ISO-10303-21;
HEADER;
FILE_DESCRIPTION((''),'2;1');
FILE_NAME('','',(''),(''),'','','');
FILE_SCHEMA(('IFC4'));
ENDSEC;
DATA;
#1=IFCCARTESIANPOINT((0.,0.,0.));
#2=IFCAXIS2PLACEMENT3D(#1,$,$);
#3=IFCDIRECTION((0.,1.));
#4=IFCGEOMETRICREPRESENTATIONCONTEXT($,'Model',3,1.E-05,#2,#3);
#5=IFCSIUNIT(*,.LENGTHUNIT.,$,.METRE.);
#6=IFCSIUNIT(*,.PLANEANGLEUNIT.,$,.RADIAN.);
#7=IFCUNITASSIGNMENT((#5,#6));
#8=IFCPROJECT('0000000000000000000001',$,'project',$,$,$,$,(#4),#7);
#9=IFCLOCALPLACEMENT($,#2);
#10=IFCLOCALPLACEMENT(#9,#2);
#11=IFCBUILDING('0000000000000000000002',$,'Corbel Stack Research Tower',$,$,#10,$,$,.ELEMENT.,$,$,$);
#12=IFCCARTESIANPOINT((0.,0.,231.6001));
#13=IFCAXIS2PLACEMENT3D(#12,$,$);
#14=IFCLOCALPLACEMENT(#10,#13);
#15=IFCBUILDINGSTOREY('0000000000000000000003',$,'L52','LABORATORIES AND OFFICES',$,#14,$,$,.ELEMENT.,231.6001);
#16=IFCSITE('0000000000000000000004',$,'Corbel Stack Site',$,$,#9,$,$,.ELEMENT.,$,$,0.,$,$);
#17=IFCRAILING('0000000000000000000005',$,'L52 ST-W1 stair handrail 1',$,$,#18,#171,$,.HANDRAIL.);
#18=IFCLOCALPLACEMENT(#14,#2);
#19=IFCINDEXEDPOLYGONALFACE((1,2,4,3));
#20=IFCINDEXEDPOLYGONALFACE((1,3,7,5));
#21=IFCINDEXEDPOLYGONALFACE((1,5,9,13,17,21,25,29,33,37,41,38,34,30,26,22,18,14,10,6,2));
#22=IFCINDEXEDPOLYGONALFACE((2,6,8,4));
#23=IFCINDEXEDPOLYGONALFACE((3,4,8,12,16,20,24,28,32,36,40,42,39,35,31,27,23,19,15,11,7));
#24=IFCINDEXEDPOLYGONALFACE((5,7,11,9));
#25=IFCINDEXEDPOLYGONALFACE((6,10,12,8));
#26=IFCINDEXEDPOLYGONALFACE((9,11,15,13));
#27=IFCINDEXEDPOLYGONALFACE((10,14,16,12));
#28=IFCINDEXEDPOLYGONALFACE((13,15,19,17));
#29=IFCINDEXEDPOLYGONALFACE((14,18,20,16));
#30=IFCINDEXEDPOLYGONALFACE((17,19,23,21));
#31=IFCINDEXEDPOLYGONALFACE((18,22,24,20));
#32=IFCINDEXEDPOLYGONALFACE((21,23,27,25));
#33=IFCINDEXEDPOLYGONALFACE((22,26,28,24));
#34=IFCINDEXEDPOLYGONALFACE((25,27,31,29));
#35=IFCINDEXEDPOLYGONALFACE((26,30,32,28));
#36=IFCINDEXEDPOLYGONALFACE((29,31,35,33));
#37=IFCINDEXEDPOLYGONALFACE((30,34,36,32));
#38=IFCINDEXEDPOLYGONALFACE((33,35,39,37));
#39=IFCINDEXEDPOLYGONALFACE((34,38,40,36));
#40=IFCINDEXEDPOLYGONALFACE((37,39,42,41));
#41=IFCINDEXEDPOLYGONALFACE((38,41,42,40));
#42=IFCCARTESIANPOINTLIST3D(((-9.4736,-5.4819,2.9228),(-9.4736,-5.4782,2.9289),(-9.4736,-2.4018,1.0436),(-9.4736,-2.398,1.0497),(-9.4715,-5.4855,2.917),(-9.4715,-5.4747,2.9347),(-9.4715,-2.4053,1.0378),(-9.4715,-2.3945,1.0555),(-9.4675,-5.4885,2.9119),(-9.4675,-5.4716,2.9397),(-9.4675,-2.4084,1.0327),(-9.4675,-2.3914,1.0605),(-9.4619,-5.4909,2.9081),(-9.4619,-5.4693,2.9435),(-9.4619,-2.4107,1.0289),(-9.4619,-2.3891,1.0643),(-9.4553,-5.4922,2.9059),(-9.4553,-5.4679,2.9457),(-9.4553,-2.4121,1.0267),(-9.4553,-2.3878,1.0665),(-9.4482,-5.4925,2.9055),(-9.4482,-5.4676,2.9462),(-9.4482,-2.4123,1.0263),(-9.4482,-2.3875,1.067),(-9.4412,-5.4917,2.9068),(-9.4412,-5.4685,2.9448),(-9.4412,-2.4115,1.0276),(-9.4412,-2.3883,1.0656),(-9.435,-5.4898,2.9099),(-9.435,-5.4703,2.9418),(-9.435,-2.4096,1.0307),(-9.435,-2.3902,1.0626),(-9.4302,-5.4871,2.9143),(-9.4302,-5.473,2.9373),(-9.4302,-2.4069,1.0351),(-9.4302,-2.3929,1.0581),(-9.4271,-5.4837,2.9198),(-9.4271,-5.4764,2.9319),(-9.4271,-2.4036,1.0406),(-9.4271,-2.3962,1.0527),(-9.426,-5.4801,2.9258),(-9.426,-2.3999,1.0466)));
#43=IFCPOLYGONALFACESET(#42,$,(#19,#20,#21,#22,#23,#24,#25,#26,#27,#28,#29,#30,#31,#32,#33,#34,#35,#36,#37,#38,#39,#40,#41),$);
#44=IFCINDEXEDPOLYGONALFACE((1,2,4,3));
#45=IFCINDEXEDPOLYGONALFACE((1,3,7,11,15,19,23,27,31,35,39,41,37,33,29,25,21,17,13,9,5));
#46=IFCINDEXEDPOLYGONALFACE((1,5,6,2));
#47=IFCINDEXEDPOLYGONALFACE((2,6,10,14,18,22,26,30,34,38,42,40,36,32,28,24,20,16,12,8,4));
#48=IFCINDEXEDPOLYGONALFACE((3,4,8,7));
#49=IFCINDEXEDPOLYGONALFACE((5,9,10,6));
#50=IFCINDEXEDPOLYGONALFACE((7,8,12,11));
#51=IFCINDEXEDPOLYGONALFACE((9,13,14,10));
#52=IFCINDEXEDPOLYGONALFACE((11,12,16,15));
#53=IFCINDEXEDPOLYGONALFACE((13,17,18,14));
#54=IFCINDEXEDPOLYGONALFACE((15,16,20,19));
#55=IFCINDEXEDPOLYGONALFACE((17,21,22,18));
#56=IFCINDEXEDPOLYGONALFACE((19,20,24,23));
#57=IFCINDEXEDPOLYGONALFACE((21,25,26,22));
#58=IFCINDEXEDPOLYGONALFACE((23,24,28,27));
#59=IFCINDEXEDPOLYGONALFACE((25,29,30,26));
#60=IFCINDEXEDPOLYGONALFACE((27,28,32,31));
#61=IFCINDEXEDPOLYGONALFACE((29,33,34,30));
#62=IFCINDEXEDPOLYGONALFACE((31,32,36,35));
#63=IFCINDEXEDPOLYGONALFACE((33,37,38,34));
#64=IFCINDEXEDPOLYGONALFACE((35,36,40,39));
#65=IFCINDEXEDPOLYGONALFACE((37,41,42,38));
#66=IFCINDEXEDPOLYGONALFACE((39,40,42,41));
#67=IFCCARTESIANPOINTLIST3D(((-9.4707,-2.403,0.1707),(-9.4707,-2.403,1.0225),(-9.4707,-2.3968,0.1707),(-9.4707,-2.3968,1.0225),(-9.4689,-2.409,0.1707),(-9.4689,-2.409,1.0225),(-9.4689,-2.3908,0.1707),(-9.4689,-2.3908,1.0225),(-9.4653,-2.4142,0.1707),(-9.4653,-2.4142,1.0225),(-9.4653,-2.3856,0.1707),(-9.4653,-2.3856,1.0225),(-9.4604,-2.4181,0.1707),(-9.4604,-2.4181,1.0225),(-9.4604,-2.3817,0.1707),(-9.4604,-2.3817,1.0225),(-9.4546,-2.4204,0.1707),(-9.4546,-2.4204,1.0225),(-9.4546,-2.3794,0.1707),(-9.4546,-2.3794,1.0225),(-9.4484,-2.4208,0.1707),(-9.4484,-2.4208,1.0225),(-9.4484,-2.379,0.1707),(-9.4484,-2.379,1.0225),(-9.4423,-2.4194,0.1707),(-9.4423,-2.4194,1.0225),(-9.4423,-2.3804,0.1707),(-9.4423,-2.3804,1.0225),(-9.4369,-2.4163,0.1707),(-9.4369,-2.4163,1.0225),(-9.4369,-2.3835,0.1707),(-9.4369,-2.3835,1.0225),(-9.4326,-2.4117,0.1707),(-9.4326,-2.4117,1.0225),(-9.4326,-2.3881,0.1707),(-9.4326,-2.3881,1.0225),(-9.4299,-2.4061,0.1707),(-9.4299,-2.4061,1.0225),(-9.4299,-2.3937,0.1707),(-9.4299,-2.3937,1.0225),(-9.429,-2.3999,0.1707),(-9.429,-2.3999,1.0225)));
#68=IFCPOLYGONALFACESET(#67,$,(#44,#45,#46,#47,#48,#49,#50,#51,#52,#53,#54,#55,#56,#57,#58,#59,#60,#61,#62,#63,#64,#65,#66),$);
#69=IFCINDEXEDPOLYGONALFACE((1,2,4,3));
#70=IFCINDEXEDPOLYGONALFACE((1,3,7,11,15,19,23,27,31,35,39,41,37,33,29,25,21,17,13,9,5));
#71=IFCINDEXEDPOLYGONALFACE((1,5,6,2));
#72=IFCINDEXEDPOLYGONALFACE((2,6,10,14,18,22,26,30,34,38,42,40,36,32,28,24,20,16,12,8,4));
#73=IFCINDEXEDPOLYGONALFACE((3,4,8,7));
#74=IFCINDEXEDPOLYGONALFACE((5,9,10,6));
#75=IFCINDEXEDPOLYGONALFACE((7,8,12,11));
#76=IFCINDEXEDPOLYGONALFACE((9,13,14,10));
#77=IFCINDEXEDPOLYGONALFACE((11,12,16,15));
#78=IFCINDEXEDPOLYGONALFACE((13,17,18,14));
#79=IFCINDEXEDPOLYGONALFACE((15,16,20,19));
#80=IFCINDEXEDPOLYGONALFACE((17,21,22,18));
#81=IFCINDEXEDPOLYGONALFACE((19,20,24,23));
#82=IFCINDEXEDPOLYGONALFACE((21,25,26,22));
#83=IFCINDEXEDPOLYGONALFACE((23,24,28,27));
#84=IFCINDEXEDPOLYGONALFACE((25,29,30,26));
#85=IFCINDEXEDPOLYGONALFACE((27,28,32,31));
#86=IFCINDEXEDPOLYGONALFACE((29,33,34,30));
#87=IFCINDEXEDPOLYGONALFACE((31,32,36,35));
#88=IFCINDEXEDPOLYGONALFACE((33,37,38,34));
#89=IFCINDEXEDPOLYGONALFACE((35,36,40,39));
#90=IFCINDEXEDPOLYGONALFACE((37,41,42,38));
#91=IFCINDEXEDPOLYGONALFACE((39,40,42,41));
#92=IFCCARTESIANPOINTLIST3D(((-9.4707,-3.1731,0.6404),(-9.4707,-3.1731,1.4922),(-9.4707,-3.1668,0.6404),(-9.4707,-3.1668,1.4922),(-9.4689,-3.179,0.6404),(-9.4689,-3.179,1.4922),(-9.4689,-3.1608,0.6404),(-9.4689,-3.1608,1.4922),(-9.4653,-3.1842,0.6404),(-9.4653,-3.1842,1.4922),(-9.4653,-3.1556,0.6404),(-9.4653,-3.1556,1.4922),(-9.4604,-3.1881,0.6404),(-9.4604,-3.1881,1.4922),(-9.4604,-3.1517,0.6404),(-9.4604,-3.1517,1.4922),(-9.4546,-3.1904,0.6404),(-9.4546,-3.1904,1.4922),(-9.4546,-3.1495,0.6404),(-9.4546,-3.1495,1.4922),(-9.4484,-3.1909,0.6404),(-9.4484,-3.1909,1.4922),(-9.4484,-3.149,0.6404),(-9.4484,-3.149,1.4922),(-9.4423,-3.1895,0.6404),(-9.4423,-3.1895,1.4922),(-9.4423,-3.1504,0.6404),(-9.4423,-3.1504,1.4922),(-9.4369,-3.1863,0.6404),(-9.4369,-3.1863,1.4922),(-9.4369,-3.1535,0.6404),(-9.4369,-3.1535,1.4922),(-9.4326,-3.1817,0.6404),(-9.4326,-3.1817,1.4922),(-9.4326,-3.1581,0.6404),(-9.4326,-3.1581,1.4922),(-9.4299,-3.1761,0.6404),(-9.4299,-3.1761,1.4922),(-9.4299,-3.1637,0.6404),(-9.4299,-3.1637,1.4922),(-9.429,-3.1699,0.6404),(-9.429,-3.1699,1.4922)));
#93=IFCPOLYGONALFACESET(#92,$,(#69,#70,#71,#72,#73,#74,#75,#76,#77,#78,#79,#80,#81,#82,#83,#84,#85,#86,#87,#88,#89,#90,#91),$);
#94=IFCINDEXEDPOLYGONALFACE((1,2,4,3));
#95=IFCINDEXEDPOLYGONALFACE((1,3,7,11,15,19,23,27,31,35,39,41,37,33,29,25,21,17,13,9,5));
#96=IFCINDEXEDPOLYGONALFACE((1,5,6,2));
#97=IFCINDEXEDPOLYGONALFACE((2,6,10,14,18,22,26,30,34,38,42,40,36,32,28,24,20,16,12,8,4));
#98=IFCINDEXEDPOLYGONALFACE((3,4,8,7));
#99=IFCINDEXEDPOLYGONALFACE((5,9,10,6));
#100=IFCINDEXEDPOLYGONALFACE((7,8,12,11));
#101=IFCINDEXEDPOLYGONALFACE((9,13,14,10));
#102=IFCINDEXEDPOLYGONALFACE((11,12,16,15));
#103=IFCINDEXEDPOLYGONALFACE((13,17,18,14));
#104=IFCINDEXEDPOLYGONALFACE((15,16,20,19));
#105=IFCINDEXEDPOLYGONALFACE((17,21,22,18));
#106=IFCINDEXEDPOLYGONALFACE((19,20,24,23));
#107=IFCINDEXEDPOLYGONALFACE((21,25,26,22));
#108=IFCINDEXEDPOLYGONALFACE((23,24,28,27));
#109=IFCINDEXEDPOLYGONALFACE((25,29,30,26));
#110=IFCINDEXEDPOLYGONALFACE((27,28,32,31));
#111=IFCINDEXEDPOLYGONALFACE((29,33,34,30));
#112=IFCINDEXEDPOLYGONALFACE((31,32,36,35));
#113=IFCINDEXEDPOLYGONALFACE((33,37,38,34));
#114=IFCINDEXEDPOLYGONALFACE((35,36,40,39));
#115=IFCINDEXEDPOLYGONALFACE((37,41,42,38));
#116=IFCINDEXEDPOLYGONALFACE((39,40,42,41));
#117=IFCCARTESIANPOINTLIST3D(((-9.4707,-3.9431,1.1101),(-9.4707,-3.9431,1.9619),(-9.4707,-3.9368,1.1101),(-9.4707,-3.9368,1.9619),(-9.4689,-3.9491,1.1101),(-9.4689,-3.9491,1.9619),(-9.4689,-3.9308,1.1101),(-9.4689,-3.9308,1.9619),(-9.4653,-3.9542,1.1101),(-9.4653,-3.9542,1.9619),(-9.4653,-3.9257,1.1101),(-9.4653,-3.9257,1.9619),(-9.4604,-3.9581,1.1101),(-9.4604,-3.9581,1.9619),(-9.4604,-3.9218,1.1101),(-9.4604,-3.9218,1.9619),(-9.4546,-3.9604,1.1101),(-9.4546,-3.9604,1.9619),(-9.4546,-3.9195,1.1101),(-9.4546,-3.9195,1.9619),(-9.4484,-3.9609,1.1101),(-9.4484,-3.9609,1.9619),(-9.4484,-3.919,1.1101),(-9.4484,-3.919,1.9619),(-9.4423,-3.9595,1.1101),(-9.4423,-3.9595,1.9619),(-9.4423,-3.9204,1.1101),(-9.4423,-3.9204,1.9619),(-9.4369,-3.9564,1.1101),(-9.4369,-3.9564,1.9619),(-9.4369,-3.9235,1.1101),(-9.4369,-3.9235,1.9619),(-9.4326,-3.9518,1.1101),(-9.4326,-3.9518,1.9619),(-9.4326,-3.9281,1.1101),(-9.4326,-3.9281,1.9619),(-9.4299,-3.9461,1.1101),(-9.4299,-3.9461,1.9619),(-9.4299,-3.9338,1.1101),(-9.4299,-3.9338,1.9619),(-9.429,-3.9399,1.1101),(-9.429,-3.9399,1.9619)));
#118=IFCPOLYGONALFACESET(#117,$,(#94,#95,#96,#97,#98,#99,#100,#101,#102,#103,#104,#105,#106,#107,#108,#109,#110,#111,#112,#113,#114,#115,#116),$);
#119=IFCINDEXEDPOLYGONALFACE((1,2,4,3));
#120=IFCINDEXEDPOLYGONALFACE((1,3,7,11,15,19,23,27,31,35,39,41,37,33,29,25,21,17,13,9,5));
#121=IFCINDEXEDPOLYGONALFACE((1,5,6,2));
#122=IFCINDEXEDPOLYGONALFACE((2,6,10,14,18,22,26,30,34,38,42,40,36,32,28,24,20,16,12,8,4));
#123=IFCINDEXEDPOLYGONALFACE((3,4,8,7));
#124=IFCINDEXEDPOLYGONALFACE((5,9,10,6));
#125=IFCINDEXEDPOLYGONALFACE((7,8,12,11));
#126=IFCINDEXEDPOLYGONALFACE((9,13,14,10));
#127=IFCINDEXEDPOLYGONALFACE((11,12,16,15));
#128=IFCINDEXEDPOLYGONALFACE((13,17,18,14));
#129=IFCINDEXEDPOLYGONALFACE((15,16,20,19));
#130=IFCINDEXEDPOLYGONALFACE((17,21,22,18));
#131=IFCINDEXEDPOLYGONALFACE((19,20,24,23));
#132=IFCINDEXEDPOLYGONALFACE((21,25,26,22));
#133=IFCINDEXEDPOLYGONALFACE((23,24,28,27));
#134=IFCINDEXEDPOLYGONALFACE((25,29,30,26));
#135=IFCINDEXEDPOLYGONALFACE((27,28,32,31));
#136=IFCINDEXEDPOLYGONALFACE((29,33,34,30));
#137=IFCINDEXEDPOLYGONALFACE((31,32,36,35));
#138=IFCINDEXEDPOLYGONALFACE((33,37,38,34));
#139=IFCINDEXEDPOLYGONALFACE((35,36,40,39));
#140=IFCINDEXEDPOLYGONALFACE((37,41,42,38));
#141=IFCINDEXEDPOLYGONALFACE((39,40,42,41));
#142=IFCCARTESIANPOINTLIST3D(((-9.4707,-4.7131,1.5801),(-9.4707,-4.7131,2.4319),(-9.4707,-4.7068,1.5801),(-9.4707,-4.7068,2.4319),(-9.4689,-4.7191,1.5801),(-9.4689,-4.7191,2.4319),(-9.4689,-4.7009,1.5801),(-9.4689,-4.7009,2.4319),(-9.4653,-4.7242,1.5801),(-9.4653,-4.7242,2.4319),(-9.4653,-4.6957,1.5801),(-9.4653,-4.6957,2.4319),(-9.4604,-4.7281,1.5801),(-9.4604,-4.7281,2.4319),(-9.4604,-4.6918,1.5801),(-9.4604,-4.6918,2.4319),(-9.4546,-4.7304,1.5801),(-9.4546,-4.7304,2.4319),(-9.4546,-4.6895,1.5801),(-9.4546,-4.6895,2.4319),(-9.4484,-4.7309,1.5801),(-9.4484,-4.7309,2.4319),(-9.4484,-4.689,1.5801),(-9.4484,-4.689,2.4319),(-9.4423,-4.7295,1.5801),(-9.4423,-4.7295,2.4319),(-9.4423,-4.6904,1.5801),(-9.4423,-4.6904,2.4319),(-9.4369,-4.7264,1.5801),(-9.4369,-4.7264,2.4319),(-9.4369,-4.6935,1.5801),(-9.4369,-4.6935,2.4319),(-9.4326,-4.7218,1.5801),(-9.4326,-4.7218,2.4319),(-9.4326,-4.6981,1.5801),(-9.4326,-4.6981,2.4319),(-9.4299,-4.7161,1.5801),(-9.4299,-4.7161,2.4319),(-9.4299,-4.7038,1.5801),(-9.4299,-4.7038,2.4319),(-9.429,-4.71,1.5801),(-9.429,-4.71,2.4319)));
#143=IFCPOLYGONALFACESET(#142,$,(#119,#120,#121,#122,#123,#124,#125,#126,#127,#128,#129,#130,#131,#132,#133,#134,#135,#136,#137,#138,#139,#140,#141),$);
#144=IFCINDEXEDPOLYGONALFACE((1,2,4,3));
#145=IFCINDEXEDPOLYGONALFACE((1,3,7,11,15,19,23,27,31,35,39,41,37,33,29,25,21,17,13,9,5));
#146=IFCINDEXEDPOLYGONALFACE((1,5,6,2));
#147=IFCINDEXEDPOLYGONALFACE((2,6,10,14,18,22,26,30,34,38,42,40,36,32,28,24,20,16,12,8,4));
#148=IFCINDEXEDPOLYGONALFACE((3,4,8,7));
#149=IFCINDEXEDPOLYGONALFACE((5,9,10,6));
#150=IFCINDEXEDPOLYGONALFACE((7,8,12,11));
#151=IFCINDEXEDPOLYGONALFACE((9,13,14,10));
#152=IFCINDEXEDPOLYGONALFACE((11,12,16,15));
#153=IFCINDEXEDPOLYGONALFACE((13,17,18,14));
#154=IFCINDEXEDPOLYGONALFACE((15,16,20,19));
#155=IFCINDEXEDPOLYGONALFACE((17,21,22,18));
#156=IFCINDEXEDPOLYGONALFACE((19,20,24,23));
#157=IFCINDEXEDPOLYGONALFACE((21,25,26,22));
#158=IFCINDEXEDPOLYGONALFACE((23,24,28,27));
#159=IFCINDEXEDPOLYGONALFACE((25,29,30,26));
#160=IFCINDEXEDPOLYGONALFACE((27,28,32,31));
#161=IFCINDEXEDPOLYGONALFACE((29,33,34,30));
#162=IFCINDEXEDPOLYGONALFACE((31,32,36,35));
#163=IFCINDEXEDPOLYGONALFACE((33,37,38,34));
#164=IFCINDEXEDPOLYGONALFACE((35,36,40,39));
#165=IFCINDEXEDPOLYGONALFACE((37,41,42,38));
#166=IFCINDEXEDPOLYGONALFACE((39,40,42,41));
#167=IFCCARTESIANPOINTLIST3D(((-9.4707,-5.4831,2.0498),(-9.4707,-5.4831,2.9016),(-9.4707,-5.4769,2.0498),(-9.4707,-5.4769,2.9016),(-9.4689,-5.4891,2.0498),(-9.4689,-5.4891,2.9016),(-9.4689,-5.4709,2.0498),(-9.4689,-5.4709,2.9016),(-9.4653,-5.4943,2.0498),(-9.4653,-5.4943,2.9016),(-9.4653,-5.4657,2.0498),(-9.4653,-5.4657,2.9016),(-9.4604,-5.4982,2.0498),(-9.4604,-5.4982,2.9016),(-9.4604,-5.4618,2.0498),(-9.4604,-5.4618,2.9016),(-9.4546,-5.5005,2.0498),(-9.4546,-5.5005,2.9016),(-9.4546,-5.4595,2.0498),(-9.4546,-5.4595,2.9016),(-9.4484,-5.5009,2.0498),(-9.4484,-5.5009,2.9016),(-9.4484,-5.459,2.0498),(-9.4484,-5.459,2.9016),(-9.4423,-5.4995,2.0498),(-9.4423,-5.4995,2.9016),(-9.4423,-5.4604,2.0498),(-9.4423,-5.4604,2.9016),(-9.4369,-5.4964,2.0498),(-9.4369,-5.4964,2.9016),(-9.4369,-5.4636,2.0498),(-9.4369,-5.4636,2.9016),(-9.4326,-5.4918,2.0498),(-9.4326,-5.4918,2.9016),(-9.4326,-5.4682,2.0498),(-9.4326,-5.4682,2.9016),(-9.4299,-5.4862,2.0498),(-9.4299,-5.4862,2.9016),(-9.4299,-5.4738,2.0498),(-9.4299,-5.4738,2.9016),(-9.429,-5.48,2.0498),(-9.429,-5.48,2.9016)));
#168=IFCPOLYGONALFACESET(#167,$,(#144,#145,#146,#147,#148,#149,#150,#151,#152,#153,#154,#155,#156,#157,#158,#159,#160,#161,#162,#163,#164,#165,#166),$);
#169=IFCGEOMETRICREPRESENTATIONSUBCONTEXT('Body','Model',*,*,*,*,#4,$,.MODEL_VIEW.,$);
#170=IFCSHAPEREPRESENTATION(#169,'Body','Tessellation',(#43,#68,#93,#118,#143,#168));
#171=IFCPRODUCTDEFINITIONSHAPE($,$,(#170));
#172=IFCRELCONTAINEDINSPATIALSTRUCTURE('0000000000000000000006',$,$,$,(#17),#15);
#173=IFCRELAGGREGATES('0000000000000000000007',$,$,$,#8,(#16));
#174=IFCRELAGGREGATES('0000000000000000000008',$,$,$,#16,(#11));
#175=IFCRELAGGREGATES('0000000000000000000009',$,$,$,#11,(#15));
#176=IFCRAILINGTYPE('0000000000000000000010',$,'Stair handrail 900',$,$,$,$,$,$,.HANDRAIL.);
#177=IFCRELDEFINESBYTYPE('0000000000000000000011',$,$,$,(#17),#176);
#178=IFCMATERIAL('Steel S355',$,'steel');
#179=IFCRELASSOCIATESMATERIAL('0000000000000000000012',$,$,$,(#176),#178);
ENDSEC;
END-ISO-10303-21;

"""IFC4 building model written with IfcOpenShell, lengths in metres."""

from ifc_helpers import new_model, si_unit, direction, frame, origin, origin_2d, place, context, subcontext, project, spatial, circle, extrude, material, type_object, element, save


model = new_model("IFC4")

# Units and contexts
model_context = context("Model", 3, precision=1e-05, world=origin(), true_north=direction((0.0, 1.0)))
body_context = subcontext(model_context, "Body", "Model", "MODEL_VIEW")
ifc_project = project(units=[si_unit("LENGTHUNIT", "METRE"), si_unit("PLANEANGLEUNIT", "RADIAN")], contexts=[model_context])

# Site, building, storey
site_placement = place(None, origin())
site = spatial("IfcSite", under=ifc_project, at=site_placement, Name="Corbel Stack Site", CompositionType="ELEMENT", RefElevation=0.0)
building_placement = place(site_placement, origin())
building = spatial("IfcBuilding", under=site, at=building_placement, Name="Corbel Stack Research Tower", CompositionType="ELEMENT")
storey_placement = place(building_placement, frame((0.0, 0.0, 231.6001)))
storey = spatial("IfcBuildingStorey", under=building, at=storey_placement, Name="L52", Description="LABORATORIES AND OFFICES", CompositionType="ELEMENT", Elevation=231.6001)

# Railing
ifc_material_1 = material(Name="Steel S355", Category="steel")
railing_type_1 = type_object("IfcRailingType", Name="Stair handrail 900", PredefinedType="HANDRAIL", material=ifc_material_1)
railing_1_placement = place(storey_placement, frame((-9.45, -2.3999, 0.1707)))
element("IfcRailing", 1, at=railing_1_placement, inside=storey, type_object=railing_type_1, Name="L52 ST-W1 stair handrail 1", PredefinedType="HANDRAIL", context=body_context, shape_type="SweptSolid", body=[
    extrude(circle(Radius=0.0239, at=origin_2d()), frame((0.0, 0.0, 0.876), z_axis=(0.0, -0.853666, 0.52082), x_axis=(1.0, 0.0, 0.0)), (0.0, 0.0, 1.0), 3.6082),
    extrude(circle(Radius=0.021, at=origin_2d()), origin(), (0.0, 0.0, 1.0), 0.8518),
    extrude(circle(Radius=0.021, at=origin_2d()), frame((0.0, -0.77, 0.4697)), (0.0, 0.0, 1.0), 0.8518),
    extrude(circle(Radius=0.021, at=origin_2d()), frame((0.0, -1.54, 0.9395)), (0.0, 0.0, 1.0), 0.8518),
    extrude(circle(Radius=0.021, at=origin_2d()), frame((0.0, -2.3101, 1.4094)), (0.0, 0.0, 1.0), 0.8518),
    extrude(circle(Radius=0.021, at=origin_2d()), frame((0.0, -3.0801, 1.8792)), (0.0, 0.0, 1.0), 0.8518),
])

save(model, "model.ifc")
